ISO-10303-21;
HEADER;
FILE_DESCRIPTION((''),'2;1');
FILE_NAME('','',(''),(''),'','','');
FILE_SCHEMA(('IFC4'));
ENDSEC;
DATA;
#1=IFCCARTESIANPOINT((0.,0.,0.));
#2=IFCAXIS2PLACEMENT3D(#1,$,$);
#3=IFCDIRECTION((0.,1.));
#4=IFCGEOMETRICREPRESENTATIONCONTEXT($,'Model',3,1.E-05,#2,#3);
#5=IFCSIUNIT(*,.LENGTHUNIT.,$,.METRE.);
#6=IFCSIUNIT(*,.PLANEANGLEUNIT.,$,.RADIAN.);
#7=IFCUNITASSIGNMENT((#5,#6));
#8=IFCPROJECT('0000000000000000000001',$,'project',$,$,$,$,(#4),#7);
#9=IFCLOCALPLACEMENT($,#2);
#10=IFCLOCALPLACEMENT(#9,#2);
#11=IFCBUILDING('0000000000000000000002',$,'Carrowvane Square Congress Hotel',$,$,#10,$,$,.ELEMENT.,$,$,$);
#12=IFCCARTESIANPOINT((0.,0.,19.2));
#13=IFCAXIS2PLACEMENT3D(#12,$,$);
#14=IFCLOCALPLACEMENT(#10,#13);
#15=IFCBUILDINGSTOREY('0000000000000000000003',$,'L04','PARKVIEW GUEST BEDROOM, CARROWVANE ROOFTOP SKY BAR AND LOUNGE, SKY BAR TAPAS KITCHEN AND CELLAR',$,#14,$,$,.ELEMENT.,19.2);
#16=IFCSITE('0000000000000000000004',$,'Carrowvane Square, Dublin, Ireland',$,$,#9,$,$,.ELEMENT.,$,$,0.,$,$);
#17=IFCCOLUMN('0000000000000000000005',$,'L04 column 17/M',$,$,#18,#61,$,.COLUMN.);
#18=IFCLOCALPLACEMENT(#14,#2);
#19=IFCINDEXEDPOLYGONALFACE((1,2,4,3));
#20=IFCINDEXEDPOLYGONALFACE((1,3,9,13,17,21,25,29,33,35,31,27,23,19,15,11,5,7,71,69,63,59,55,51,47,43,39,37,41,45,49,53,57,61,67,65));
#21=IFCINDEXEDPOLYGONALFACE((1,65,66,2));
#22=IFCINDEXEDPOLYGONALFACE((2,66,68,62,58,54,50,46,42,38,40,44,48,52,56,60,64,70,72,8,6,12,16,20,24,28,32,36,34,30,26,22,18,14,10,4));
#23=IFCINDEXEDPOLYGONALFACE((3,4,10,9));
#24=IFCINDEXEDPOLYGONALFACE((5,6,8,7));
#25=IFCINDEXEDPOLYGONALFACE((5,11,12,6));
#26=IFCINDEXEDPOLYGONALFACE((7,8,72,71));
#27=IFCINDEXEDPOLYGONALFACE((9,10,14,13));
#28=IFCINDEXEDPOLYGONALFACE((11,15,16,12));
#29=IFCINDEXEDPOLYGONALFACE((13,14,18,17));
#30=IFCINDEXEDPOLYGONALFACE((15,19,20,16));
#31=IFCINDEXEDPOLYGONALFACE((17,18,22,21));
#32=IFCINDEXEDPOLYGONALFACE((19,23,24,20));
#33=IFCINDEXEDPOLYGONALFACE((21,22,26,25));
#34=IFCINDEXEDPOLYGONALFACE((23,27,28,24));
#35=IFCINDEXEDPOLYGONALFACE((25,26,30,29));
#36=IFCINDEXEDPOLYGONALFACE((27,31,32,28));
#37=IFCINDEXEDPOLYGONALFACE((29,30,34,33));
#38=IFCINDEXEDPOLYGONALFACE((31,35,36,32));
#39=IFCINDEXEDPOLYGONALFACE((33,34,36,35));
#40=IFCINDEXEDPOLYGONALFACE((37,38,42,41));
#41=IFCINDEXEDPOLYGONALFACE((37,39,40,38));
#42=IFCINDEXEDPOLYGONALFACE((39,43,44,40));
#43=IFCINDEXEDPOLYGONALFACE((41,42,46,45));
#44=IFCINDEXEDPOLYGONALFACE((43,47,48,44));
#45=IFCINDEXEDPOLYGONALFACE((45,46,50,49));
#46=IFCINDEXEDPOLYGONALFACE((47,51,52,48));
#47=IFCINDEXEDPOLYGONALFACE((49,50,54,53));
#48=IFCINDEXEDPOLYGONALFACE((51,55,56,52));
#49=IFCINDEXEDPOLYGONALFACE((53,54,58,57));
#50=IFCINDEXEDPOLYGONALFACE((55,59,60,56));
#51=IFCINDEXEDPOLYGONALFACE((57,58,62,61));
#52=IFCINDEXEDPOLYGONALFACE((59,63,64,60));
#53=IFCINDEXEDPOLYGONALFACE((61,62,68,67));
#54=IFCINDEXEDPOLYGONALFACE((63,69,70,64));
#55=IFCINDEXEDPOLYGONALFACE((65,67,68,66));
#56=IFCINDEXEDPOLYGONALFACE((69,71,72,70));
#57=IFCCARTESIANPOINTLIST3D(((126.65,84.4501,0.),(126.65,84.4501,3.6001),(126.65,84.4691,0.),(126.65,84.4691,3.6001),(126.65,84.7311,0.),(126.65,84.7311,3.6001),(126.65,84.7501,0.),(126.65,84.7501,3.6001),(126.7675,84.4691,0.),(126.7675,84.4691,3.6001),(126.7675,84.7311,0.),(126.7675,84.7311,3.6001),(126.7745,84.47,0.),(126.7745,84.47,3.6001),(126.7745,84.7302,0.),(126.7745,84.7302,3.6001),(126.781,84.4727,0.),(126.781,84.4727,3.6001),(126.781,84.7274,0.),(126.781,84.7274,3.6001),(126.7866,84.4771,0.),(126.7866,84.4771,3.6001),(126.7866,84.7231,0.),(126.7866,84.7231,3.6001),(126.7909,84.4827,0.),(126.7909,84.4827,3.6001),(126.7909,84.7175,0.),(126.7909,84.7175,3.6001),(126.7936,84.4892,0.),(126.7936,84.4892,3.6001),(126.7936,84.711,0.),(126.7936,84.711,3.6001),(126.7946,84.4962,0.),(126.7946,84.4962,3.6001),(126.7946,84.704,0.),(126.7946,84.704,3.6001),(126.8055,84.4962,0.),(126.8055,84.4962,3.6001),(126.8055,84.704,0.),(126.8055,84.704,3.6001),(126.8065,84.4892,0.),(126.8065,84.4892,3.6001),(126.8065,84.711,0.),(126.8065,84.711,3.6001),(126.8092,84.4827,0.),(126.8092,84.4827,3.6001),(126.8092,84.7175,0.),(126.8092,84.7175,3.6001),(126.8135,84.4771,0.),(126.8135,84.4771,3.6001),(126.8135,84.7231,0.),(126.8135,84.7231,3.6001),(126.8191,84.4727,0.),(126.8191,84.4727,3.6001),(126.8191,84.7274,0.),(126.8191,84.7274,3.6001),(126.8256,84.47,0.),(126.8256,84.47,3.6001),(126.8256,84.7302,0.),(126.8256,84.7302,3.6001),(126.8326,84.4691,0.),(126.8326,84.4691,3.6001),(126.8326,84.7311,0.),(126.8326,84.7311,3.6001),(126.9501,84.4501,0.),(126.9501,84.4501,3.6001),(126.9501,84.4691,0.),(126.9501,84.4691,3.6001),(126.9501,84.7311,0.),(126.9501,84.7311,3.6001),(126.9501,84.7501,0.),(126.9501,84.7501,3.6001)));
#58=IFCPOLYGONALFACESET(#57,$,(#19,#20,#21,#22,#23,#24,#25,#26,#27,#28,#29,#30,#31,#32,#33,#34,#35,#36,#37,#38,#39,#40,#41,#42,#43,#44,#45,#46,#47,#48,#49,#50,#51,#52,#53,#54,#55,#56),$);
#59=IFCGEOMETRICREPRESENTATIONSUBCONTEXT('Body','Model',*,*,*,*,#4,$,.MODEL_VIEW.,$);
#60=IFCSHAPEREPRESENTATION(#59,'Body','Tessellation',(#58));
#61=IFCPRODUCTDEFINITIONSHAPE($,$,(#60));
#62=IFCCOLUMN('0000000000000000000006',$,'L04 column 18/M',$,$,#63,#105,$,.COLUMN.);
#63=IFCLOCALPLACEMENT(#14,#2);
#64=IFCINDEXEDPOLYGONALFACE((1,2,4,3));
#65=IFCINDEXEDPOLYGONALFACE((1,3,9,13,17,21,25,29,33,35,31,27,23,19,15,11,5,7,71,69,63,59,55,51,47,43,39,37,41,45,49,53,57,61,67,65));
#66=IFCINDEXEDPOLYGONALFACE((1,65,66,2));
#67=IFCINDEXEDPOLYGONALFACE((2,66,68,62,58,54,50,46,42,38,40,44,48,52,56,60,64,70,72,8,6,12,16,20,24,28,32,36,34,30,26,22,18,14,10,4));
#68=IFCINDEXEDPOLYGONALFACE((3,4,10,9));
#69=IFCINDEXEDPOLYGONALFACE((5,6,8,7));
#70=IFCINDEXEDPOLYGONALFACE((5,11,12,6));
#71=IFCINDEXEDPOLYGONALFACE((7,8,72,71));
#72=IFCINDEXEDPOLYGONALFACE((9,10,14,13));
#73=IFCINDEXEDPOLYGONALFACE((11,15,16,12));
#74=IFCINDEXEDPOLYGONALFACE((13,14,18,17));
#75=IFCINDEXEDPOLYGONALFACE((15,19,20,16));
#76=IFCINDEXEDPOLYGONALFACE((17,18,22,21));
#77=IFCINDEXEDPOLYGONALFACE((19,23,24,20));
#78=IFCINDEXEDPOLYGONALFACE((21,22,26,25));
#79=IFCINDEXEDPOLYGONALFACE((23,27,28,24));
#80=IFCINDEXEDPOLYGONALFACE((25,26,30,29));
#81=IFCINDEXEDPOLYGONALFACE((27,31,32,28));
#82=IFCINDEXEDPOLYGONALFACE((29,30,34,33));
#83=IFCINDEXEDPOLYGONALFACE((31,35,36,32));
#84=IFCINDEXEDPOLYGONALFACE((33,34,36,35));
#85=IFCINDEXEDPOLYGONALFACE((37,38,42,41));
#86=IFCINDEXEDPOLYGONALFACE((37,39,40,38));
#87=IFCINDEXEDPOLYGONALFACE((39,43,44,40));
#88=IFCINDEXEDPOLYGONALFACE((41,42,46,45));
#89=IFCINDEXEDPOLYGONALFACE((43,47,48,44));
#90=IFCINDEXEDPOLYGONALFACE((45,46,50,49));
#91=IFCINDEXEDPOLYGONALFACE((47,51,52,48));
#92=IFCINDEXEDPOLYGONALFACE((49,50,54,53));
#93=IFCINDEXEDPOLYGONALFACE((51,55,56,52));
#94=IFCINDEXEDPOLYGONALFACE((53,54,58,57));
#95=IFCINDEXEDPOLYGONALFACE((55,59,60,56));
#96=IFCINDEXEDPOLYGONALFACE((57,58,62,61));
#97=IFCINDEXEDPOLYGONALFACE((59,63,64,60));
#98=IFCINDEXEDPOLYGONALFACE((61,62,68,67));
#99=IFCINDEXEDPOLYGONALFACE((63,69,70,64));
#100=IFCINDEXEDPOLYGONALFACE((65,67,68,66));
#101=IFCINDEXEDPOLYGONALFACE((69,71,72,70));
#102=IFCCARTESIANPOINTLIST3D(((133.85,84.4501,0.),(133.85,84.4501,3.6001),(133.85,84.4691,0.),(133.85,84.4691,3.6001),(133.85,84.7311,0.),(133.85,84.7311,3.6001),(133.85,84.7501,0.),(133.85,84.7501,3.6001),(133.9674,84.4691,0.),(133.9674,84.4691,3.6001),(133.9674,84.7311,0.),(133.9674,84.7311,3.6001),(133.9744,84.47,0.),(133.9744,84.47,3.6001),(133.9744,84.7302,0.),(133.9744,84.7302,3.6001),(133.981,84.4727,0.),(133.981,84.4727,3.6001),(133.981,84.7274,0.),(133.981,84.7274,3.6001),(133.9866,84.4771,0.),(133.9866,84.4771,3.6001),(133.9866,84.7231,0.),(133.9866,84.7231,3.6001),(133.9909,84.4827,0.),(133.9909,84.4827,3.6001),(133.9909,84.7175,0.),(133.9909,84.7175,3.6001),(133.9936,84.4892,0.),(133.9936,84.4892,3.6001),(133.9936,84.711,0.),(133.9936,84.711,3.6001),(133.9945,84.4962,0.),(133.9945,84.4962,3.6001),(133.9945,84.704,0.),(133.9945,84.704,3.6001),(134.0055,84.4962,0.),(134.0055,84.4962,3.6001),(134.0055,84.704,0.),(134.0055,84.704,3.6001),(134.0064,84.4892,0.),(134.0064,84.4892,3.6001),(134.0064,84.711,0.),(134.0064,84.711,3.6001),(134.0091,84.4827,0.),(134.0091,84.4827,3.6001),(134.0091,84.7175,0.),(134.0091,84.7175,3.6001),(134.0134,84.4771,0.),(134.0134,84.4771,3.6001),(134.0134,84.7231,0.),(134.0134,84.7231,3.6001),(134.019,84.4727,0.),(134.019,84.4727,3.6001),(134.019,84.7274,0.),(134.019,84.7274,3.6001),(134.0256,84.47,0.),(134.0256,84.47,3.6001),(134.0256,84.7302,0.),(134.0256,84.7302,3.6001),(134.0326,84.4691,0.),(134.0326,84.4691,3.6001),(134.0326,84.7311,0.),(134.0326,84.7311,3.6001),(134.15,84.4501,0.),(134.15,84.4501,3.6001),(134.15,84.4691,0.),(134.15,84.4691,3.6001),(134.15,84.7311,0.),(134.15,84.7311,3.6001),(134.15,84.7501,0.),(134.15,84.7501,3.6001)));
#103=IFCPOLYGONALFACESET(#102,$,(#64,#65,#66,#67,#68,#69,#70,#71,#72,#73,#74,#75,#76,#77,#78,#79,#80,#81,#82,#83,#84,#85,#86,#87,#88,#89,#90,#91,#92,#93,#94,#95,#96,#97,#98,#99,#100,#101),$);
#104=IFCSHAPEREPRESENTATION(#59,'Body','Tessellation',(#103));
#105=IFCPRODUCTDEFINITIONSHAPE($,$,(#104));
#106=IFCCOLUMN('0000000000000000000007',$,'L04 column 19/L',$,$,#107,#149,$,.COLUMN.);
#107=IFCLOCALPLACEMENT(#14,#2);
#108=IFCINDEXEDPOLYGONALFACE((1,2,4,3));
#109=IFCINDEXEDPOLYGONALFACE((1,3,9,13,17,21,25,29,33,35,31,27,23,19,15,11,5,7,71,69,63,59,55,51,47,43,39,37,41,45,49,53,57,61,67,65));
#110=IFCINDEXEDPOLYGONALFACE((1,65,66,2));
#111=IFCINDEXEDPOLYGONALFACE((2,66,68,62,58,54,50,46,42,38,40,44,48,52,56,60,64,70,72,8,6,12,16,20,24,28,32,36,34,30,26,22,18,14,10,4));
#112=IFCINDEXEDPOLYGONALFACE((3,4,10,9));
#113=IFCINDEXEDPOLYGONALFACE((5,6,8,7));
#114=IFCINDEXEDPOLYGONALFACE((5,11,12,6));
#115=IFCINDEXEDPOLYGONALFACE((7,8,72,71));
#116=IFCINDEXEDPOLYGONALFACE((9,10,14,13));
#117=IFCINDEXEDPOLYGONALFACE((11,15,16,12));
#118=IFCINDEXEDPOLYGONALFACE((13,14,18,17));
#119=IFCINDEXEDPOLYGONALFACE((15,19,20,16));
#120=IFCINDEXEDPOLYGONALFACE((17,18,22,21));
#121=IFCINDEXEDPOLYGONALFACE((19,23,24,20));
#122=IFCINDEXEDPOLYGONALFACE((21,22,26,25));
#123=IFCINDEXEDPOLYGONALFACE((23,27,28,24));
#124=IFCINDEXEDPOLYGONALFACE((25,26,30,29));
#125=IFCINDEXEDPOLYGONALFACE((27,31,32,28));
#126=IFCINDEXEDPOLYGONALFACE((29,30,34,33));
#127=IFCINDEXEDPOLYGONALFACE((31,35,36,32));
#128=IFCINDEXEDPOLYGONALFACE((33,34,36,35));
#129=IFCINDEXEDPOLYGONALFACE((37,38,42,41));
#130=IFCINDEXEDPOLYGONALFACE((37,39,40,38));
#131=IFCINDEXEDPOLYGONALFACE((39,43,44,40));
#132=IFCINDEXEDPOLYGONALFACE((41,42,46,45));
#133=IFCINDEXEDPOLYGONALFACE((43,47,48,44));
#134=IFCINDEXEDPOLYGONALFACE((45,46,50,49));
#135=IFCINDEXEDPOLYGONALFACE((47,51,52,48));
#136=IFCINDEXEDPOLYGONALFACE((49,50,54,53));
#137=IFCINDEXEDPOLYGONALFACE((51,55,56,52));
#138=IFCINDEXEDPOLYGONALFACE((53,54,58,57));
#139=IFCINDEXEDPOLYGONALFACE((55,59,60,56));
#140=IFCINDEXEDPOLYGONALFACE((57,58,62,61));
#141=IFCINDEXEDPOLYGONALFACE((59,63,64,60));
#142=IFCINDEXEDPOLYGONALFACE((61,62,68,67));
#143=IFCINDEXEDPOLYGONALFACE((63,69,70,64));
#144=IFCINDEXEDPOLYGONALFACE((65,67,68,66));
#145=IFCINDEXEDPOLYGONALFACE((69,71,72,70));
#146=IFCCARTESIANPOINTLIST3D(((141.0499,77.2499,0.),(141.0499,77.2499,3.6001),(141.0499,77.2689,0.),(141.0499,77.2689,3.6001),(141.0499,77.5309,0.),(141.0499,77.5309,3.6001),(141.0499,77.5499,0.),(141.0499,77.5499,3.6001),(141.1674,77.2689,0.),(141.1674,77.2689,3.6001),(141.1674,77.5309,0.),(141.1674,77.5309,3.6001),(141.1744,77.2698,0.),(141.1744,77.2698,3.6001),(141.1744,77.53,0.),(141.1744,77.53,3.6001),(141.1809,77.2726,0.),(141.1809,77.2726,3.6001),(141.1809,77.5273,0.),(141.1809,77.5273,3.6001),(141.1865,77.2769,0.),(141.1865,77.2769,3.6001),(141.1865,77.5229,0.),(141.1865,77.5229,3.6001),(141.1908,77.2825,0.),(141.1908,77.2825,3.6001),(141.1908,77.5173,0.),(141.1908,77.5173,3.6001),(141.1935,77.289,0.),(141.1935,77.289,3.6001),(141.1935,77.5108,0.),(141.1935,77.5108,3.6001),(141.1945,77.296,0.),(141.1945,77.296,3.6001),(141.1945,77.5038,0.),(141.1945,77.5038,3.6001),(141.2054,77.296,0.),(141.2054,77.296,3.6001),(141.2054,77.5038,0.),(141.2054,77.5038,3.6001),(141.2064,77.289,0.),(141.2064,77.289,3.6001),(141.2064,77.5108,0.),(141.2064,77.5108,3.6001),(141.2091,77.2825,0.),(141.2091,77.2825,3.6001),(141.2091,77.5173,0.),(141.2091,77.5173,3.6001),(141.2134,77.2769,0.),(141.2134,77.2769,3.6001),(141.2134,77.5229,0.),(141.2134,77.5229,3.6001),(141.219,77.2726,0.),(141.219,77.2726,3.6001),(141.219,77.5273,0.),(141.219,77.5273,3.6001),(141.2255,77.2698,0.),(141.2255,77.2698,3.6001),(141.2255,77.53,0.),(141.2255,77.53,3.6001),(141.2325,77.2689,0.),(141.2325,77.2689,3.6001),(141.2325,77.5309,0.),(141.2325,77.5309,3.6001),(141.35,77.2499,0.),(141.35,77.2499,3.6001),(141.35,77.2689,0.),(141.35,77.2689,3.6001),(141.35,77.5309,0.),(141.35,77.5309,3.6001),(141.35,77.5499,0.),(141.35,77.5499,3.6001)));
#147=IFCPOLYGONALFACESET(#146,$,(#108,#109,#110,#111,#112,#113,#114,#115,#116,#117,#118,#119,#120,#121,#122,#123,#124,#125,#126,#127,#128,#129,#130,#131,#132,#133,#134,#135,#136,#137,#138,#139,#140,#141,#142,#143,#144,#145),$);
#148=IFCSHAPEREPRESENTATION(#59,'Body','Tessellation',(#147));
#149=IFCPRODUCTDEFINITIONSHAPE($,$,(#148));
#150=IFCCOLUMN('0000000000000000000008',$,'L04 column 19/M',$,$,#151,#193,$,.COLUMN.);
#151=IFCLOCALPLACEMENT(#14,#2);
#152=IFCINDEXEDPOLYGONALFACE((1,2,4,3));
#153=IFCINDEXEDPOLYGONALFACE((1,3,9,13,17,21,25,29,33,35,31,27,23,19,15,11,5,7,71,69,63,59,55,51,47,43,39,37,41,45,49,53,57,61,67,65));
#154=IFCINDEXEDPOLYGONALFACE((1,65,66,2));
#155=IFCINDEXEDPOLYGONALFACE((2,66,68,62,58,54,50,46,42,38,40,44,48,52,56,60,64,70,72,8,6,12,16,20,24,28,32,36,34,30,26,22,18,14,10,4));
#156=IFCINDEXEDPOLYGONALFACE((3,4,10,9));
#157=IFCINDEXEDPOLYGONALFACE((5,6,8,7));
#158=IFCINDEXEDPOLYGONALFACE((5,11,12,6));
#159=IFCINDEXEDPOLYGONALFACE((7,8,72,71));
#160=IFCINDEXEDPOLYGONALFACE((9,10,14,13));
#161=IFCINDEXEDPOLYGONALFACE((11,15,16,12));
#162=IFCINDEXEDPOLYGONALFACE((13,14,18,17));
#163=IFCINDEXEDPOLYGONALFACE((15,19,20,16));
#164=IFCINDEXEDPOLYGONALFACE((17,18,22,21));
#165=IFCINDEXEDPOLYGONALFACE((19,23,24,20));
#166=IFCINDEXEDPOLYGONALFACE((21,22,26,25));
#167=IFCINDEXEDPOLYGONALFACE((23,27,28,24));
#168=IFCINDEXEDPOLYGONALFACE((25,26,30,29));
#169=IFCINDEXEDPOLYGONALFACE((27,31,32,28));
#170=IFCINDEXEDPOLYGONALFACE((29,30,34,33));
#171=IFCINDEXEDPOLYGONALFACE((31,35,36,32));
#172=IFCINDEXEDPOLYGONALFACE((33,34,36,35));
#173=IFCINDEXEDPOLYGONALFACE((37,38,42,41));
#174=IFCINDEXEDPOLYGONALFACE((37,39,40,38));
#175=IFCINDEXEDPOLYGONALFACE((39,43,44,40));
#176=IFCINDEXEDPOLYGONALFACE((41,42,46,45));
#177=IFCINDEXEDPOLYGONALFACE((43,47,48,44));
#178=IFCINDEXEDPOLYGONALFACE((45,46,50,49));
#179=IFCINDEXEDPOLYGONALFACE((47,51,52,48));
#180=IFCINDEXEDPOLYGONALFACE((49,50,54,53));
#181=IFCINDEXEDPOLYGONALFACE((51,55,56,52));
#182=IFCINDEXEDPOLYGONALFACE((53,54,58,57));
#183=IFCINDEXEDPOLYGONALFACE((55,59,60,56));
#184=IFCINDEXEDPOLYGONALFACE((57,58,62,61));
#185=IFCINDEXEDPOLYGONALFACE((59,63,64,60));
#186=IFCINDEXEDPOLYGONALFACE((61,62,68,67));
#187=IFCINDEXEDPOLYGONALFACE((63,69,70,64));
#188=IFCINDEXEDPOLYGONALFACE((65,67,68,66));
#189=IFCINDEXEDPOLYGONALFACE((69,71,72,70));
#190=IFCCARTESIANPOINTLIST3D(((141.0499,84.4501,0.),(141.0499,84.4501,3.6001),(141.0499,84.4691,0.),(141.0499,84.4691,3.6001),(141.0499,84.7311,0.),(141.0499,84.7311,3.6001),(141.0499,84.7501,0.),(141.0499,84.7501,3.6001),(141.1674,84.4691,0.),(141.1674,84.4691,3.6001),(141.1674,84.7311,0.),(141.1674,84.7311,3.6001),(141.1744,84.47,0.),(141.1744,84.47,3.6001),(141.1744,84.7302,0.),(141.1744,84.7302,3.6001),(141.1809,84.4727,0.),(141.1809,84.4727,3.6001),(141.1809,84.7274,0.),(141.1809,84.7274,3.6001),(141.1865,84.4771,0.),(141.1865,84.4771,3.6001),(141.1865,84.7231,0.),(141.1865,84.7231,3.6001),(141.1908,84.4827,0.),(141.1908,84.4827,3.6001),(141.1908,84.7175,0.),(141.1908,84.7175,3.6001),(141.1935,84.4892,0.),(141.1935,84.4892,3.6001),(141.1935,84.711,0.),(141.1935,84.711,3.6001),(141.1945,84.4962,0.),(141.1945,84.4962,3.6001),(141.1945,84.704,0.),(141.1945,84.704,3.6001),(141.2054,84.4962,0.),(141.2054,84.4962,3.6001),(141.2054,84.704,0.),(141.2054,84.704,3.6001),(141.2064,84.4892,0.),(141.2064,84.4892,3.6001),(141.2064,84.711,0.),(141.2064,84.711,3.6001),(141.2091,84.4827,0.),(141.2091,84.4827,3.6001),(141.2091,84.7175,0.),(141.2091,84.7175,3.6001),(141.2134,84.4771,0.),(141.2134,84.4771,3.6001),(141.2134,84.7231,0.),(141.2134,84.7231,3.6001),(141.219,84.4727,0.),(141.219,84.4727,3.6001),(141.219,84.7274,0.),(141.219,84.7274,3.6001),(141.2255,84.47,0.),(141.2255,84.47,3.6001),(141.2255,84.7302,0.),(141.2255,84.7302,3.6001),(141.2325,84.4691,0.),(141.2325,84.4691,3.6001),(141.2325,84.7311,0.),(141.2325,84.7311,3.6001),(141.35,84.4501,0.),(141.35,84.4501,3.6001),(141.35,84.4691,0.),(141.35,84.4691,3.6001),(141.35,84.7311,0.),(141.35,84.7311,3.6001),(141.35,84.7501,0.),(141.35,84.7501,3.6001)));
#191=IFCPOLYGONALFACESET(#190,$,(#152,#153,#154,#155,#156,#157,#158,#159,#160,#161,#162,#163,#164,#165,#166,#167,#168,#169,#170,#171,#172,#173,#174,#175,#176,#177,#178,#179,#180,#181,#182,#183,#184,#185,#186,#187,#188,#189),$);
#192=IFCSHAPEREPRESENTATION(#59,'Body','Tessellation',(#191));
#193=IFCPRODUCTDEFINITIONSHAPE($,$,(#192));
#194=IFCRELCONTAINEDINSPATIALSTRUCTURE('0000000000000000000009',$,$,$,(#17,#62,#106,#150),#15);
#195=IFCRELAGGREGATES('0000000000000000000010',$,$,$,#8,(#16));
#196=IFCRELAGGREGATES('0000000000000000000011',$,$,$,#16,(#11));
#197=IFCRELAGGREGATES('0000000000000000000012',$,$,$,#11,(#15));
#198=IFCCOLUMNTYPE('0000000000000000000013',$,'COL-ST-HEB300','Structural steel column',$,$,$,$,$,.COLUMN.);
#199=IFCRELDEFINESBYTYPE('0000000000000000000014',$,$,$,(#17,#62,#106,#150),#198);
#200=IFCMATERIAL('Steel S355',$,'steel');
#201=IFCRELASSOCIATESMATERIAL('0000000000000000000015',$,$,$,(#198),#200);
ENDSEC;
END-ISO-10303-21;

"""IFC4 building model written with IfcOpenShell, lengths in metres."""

from ifc_helpers import new_model, si_unit, direction, frame, origin, origin_2d, place, context, subcontext, project, spatial, i_section, extrude, material, material_profile, profile_set, type_object, element, save


model = new_model("IFC4")

# Units and contexts
model_context = context("Model", 3, precision=1e-05, world=origin(), true_north=direction((0.0, 1.0)))
body_context = subcontext(model_context, "Body", "Model", "MODEL_VIEW")
ifc_project = project(units=[si_unit("LENGTHUNIT", "METRE"), si_unit("PLANEANGLEUNIT", "RADIAN")], contexts=[model_context])

# Site, building, storey
site_placement = place(None, origin())
site = spatial("IfcSite", under=ifc_project, at=site_placement, Name="Carrowvane Square, Dublin, Ireland", CompositionType="ELEMENT", RefElevation=0.0)
building_placement = place(site_placement, origin())
building = spatial("IfcBuilding", under=site, at=building_placement, Name="Carrowvane Square Congress Hotel", CompositionType="ELEMENT")
storey_placement = place(building_placement, frame((0.0, 0.0, 19.2)))
storey = spatial("IfcBuildingStorey", under=building, at=storey_placement, Name="L04", Description="PARKVIEW GUEST BEDROOM, CARROWVANE ROOFTOP SKY BAR AND LOUNGE, SKY BAR TAPAS KITCHEN AND CELLAR", CompositionType="ELEMENT", Elevation=19.2)

# Columns
ifc_material_1 = material(Name="Steel S355", Category="steel")
ifc_material_profile_1 = material_profile(ifc_material_1, i_section(OverallWidth=0.3, OverallDepth=0.3, WebThickness=0.011, FlangeThickness=0.019, FilletRadius=0.0271, at=origin_2d()), Name="HEB 300")
ifc_profile_set_1 = profile_set([ifc_material_profile_1], Name="Steel S355")
column_type = type_object("IfcColumnType", Name="COL-ST-HEB300", Description="Structural steel column", PredefinedType="COLUMN", material=ifc_profile_set_1)
for number, where, z_axis, x_axis, name in (
    (1, (126.8, 84.6001, 0.0), (0.0, 0.0, 1.0), (1.0, 0.0, 0.0), "L04 column 17/M"),
    (2, (134.0, 84.6001, 0.0), (0.0, 0.0, 1.0), (1.0, 0.0, 0.0), "L04 column 18/M"),
    (3, (141.2, 77.3999, 0.0), (0.0, 0.0, 1.0), (1.0, 0.0, 0.0), "L04 column 19/L"),
    (4, (141.2, 84.6001, 0.0), (0.0, 0.0, 1.0), (1.0, 0.0, 0.0), "L04 column 19/M"),
):
    element("IfcColumn", number, at=place(storey_placement, frame(where, z_axis=z_axis, x_axis=x_axis)), inside=storey, type_object=column_type, Name=name, PredefinedType="COLUMN", context=body_context, shape_type="SweptSolid", body=[
        extrude(i_section(OverallWidth=0.3, OverallDepth=0.3, WebThickness=0.011, FlangeThickness=0.019, FilletRadius=0.0271, at=origin_2d()), origin(), (0.0, 0.0, 1.0), 3.6001),
    ])

save(model, "model.ifc")
